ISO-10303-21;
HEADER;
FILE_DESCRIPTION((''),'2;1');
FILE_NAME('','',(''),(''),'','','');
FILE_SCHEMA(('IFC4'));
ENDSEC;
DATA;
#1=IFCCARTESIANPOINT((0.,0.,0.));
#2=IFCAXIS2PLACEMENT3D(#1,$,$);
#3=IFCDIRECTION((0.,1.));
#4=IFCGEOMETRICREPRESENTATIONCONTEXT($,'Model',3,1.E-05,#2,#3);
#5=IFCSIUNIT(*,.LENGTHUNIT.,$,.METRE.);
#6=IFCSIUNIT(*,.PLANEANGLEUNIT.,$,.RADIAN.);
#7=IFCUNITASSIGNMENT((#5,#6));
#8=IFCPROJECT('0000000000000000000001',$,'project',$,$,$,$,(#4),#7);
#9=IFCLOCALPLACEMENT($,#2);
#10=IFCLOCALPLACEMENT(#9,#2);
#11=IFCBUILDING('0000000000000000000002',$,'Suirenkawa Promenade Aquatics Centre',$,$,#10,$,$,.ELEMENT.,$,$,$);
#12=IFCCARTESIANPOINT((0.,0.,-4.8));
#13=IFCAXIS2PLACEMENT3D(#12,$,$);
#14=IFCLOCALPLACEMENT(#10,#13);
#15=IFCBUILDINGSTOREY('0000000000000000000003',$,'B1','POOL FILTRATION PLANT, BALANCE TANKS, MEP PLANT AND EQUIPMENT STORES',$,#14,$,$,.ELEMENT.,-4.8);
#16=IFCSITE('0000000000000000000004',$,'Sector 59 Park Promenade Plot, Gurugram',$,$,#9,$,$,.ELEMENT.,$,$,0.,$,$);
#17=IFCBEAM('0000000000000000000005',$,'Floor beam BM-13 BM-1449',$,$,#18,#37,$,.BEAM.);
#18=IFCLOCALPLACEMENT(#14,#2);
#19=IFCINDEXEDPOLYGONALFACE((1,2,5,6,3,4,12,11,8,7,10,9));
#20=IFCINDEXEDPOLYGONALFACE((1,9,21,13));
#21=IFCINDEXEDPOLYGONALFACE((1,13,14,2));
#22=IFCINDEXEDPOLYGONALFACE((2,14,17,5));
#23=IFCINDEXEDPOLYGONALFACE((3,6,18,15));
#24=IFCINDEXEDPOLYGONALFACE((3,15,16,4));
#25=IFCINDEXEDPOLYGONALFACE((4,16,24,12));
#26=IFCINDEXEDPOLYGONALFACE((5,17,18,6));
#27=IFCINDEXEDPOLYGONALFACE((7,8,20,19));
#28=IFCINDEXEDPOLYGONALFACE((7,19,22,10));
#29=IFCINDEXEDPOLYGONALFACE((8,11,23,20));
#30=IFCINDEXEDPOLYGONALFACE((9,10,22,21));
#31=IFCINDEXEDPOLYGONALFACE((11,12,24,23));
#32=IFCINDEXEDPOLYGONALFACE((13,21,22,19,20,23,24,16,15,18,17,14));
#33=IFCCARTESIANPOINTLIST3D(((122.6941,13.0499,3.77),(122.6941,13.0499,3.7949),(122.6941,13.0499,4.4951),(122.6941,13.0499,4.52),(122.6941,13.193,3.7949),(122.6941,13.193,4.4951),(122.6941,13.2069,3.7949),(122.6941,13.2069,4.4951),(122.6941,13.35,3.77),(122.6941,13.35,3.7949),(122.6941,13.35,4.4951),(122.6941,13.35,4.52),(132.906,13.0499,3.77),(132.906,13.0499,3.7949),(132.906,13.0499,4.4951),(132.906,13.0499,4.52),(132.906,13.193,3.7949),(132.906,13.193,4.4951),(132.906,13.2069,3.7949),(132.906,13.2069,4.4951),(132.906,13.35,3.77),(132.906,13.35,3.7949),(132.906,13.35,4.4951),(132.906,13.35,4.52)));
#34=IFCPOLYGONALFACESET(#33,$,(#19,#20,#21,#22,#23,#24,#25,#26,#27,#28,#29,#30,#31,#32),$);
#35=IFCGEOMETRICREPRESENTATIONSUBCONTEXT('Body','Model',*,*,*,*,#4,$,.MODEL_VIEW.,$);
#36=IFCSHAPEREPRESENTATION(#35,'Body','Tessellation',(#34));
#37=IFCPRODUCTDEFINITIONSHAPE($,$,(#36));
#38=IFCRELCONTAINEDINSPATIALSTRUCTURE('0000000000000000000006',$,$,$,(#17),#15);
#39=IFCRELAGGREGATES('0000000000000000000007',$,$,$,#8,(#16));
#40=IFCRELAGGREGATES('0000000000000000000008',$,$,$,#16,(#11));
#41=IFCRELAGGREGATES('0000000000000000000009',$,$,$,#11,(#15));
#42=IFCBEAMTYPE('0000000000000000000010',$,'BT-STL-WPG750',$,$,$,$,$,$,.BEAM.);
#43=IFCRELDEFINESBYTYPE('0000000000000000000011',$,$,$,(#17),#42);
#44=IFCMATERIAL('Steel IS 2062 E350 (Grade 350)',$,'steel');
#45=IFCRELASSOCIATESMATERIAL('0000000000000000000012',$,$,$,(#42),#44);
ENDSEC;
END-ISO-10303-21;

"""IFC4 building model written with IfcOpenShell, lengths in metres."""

from ifc_helpers import new_model, si_unit, direction, frame, origin, origin_2d, place, context, subcontext, project, spatial, i_section, extrude, material, material_profile, profile_set, type_object, element, save


model = new_model("IFC4")

# Units and contexts
model_context = context("Model", 3, precision=1e-05, world=origin(), true_north=direction((0.0, 1.0)))
body_context = subcontext(model_context, "Body", "Model", "MODEL_VIEW")
ifc_project = project(units=[si_unit("LENGTHUNIT", "METRE"), si_unit("PLANEANGLEUNIT", "RADIAN")], contexts=[model_context])

# Site, building, storey
site_placement = place(None, origin())
site = spatial("IfcSite", under=ifc_project, at=site_placement, Name="Sector 59 Park Promenade Plot, Gurugram", CompositionType="ELEMENT", RefElevation=0.0)
building_placement = place(site_placement, origin())
building = spatial("IfcBuilding", under=site, at=building_placement, Name="Suirenkawa Promenade Aquatics Centre", CompositionType="ELEMENT")
storey_placement = place(building_placement, frame((0.0, 0.0, -4.8)))
storey = spatial("IfcBuildingStorey", under=building, at=storey_placement, Name="B1", Description="POOL FILTRATION PLANT, BALANCE TANKS, MEP PLANT AND EQUIPMENT STORES", CompositionType="ELEMENT", Elevation=-4.8)

# Beam
ifc_material_1 = material(Name="Steel IS 2062 E350 (Grade 350)", Category="steel")
ifc_material_profile_1 = material_profile(ifc_material_1, i_section(OverallWidth=0.3, OverallDepth=0.75, WebThickness=0.0139, FlangeThickness=0.0249, at=origin_2d()), Name="WPG 750x300", Category="steel")
ifc_profile_set_1 = profile_set([ifc_material_profile_1], Name="Steel IS 2062 E350 (Grade 350)")
beam_type_1 = type_object("IfcBeamType", Name="BT-STL-WPG750", PredefinedType="BEAM", material=ifc_profile_set_1)
for number, where, z_axis, x_axis, name in (
    (1, (122.6941, 13.2, 4.145), (1.0, 0.0, 0.0), (0.0, 1.0, 0.0), "Floor beam BM-13 BM-1449"),
):
    element("IfcBeam", number, at=place(storey_placement, frame(where, z_axis=z_axis, x_axis=x_axis)), inside=storey, type_object=beam_type_1, Name=name, PredefinedType="BEAM", context=body_context, shape_type="SweptSolid", body=[
        extrude(i_section(OverallWidth=0.3, OverallDepth=0.75, WebThickness=0.0139, FlangeThickness=0.0249, at=origin_2d()), origin(), (0.0, 0.0, 1.0), 10.2119),
    ])

save(model, "model.ifc")
